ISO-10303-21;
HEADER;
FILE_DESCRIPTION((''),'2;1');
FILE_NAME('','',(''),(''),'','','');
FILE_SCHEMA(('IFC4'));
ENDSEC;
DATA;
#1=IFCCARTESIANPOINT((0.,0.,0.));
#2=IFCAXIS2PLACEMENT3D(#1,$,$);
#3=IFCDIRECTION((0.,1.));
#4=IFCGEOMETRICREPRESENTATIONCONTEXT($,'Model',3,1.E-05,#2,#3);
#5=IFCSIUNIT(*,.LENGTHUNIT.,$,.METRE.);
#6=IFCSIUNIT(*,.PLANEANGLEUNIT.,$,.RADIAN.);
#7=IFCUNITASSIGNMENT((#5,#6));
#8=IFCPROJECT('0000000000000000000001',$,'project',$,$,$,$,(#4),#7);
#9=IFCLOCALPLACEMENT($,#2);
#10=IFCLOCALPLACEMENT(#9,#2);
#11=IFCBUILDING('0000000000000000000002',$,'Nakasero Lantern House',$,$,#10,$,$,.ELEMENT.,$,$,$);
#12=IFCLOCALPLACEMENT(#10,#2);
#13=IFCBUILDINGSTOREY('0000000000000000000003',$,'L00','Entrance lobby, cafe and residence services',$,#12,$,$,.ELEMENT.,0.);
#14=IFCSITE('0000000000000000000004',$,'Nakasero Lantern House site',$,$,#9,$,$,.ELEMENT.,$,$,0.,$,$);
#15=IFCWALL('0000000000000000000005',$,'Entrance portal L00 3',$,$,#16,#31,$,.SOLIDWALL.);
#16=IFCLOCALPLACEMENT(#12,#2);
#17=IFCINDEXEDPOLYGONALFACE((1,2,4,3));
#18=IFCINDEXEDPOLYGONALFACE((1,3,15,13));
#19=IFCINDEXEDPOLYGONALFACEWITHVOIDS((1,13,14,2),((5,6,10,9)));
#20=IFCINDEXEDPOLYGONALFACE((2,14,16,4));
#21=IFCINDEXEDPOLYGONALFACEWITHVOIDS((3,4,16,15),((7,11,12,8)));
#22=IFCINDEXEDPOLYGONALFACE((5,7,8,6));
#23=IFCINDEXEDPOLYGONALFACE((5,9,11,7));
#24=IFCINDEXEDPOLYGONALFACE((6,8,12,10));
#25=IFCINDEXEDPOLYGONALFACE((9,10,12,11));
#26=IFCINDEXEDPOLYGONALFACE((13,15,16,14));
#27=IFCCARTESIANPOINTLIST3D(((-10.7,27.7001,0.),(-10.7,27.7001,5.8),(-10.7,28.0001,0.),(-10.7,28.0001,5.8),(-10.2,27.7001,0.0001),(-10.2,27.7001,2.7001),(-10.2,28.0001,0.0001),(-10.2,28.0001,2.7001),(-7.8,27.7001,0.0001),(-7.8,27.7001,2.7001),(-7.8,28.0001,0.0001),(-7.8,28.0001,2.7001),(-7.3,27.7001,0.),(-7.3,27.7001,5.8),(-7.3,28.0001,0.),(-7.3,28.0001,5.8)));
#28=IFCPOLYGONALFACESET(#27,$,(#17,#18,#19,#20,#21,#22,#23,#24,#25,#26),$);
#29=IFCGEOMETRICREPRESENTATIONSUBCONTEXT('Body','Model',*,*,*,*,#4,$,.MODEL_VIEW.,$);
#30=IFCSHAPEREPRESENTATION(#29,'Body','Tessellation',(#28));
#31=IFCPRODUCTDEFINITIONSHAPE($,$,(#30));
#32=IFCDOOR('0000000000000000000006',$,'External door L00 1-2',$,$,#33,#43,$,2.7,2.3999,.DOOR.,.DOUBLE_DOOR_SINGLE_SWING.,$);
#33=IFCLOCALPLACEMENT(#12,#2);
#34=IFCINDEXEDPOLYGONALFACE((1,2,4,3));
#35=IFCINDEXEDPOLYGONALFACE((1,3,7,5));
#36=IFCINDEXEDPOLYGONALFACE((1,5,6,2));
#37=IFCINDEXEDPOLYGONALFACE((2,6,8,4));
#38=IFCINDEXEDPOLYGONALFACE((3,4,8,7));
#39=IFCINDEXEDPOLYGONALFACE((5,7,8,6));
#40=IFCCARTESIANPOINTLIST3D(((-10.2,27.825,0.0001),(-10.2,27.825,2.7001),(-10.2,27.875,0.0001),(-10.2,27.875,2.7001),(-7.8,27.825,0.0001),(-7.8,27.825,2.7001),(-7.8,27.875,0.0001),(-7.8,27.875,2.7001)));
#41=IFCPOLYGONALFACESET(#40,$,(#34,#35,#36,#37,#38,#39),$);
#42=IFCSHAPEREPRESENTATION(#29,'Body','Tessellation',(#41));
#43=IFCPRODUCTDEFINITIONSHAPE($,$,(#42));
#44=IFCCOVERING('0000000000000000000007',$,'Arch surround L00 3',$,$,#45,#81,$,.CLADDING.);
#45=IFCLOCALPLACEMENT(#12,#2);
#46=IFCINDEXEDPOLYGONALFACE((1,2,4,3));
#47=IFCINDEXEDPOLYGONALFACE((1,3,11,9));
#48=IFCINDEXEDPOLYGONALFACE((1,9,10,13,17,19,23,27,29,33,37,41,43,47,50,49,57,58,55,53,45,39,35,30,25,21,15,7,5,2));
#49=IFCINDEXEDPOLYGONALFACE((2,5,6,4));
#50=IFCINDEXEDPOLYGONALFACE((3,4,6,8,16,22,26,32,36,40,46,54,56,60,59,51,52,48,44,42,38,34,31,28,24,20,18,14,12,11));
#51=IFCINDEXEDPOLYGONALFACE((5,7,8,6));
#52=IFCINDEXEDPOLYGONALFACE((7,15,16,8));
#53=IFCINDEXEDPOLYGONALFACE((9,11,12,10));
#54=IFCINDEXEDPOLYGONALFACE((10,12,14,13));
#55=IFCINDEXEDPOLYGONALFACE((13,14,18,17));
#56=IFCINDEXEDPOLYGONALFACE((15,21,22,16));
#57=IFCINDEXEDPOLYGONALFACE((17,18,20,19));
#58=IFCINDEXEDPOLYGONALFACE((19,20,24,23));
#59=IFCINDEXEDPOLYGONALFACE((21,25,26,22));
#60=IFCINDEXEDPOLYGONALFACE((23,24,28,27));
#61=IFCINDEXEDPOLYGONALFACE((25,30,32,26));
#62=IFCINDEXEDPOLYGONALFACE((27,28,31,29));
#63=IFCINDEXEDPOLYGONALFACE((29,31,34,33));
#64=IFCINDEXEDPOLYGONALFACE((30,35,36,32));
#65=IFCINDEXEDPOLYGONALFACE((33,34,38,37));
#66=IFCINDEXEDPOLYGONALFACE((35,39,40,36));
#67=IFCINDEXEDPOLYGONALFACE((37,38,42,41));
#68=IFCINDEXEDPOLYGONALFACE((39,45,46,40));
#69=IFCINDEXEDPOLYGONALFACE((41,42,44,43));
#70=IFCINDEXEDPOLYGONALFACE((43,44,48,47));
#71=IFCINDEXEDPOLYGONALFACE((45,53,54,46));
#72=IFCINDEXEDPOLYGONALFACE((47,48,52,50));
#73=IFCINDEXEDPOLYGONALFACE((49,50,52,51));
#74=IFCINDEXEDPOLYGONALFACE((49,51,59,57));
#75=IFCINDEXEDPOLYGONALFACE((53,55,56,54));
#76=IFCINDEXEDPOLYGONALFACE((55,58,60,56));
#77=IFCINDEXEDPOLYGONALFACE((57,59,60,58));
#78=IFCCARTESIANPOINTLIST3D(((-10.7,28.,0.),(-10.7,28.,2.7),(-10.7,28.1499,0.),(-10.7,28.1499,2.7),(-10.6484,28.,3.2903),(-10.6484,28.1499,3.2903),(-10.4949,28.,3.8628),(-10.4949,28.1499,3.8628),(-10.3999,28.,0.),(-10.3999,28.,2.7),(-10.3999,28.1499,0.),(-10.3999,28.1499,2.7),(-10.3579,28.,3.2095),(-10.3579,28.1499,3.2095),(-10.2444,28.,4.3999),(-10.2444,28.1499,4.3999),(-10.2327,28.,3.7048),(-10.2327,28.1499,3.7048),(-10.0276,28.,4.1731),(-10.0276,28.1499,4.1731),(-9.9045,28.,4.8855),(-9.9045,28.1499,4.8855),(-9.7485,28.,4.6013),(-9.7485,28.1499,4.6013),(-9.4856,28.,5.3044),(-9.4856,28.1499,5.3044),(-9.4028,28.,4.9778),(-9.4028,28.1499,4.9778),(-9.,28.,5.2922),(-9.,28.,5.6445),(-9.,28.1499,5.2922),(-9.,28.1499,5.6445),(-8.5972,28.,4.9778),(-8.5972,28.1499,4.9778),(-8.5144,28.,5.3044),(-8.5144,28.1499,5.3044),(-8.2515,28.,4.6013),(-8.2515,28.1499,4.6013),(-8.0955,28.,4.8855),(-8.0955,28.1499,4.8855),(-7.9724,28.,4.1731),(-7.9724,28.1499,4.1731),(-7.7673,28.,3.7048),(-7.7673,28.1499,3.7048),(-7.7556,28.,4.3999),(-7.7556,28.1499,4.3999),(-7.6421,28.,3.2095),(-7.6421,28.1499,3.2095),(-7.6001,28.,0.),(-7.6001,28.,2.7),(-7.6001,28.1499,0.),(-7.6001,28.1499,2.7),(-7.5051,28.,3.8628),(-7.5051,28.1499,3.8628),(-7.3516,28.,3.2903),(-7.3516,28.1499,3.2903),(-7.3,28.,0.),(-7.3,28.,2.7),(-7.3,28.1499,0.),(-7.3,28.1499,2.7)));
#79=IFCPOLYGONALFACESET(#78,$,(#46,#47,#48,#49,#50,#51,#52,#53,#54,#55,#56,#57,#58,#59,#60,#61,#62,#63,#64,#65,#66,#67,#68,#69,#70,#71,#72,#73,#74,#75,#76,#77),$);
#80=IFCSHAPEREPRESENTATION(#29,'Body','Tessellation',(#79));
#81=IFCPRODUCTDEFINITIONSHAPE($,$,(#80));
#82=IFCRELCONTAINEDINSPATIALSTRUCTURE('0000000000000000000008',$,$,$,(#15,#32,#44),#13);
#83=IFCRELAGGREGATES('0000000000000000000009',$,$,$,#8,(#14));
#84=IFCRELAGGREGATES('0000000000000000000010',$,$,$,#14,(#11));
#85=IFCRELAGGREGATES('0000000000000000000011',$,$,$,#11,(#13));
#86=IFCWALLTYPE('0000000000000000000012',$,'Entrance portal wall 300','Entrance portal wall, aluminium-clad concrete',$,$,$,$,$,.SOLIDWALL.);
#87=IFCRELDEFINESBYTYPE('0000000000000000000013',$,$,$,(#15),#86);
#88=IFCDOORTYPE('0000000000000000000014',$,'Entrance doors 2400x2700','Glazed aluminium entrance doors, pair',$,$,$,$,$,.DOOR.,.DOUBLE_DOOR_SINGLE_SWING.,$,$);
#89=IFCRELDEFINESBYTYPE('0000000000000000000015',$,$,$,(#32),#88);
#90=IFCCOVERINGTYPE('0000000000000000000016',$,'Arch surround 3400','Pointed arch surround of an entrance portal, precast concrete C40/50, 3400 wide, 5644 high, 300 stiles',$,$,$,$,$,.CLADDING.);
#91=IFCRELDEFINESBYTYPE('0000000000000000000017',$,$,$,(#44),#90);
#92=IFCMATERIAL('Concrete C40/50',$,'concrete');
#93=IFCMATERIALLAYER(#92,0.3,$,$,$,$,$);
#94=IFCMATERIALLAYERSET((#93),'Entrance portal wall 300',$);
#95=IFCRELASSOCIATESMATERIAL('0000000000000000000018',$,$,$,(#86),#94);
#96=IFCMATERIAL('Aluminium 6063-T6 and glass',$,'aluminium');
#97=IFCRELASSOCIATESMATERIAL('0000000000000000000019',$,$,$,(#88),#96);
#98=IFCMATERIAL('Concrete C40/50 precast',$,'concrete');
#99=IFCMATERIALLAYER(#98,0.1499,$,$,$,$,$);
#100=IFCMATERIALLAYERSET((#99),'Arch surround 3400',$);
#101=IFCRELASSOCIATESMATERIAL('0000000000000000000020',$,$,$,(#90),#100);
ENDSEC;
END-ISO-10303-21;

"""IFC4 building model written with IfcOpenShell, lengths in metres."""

from ifc_helpers import new_model, si_unit, direction, frame, frame_2d, origin, place, context, subcontext, project, spatial, polyline, rectangle, outline, extrude, material, layer, layer_set, type_object, element, fill, save


model = new_model("IFC4")

# Units and contexts
model_context = context("Model", 3, precision=1e-05, world=origin(), true_north=direction((0.0, 1.0)))
body_context = subcontext(model_context, "Body", "Model", "MODEL_VIEW")
ifc_project = project(units=[si_unit("LENGTHUNIT", "METRE"), si_unit("PLANEANGLEUNIT", "RADIAN")], contexts=[model_context])

# Site, building, storey
site_placement = place(None, origin())
site = spatial("IfcSite", under=ifc_project, at=site_placement, Name="Nakasero Lantern House site", CompositionType="ELEMENT", RefElevation=0.0)
building_placement = place(site_placement, origin())
building = spatial("IfcBuilding", under=site, at=building_placement, Name="Nakasero Lantern House", CompositionType="ELEMENT")
storey_placement = place(building_placement, origin())
storey = spatial("IfcBuildingStorey", under=building, at=storey_placement, Name="L00", Description="Entrance lobby, cafe and residence services", CompositionType="ELEMENT", Elevation=0.0)

# Wall, opening, door
ifc_material_1 = material(Name="Concrete C40/50", Category="concrete")
ifc_layer_1 = layer(ifc_material_1, 0.3)
ifc_layer_set_1 = layer_set([ifc_layer_1], Name="Entrance portal wall 300")
wall_type = type_object("IfcWallType", Name="Entrance portal wall 300", Description="Entrance portal wall, aluminium-clad concrete", PredefinedType="SOLIDWALL", material=ifc_layer_set_1)
wall_placement = place(storey_placement, frame((-7.3, 27.8501, 0.0), z_axis=(0.0, 0.0, 1.0), x_axis=(-1.0, 0.0, 0.0)))
wall = element("IfcWall", 1, at=wall_placement, inside=storey, type_object=wall_type, Name="Entrance portal L00 3", PredefinedType="SOLIDWALL", context=body_context, shape_type="SweptSolid", body=[
    extrude(rectangle(XDim=3.3999, YDim=0.3, at=frame_2d((1.7, 0.0))), origin(), (0.0, 0.0, 1.0), 5.8),
])
opening_placement = place(wall_placement, frame((0.5, 0.0, 0.0)))
opening = element("IfcOpeningElement", 2, at=opening_placement, cuts=wall, PredefinedType="OPENING", context=body_context, shape_type="SweptSolid", body=[
    extrude(rectangle(XDim=2.3999, YDim=2.7, at=frame_2d((1.2, 1.3501))), frame((0.0, 0.1699, 0.0), z_axis=(0.0, -1.0, 0.0), x_axis=(1.0, 0.0, 0.0)), (0.0, 0.0, 1.0), 0.3401),
])
ifc_material_2 = material(Name="Aluminium 6063-T6 and glass", Category="aluminium")
door_type = type_object("IfcDoorType", Name="Entrance doors 2400x2700", Description="Glazed aluminium entrance doors, pair", OperationType="DOUBLE_DOOR_SINGLE_SWING", PredefinedType="DOOR", material=ifc_material_2)
door_placement = place(opening_placement, frame((2.3999, 0.0, 0.0), z_axis=(0.0, 0.0, 1.0), x_axis=(-1.0, 0.0, 0.0)))
door = element("IfcDoor", 3, at=door_placement, inside=storey, type_object=door_type, Name="External door L00 1-2", OperationType="DOUBLE_DOOR_SINGLE_SWING", OverallHeight=2.7, OverallWidth=2.3999, PredefinedType="DOOR", context=body_context, shape_type="SweptSolid", body=[
    extrude(rectangle(XDim=2.3999, YDim=2.7, at=frame_2d((1.2, 1.3501))), frame((0.0, 0.0249, 0.0), z_axis=(0.0, -1.0, 0.0), x_axis=(1.0, 0.0, 0.0)), (0.0, 0.0, 1.0), 0.05),
])
fill(opening, door)

# Covering
ifc_material_3 = material(Name="Concrete C40/50 precast", Category="concrete")
ifc_layer_2 = layer(ifc_material_3, 0.1499)
ifc_layer_set_2 = layer_set([ifc_layer_2], Name="Arch surround 3400")
covering_type = type_object("IfcCoveringType", Name="Arch surround 3400", Description="Pointed arch surround of an entrance portal, precast concrete C40/50, 3400 wide, 5644 high, 300 stiles", PredefinedType="CLADDING", material=ifc_layer_set_2)
covering_placement = place(storey_placement, frame((-9.0, 28.075, 0.0), z_axis=(0.0, 0.0, 1.0), x_axis=(-1.0, 0.0, 0.0)))
element("IfcCovering", 4, at=covering_placement, inside=storey, type_object=covering_type, Name="Arch surround L00 3", PredefinedType="CLADDING", context=body_context, shape_type="SweptSolid", body=[
    extrude(outline(polyline([(1.7, 0.0), (1.7, 2.7), (1.6484, 3.2903), (1.4949, 3.8628), (1.2444, 4.3999), (0.9045, 4.8855), (0.4856, 5.3044), (0.0, 5.6445), (-0.4856, 5.3044), (-0.9045, 4.8855), (-1.2444, 4.3999), (-1.4949, 3.8628), (-1.6484, 3.2903), (-1.7, 2.7), (-1.7, 0.0), (-1.3999, 0.0), (-1.3999, 2.7), (-1.3579, 3.2095), (-1.2327, 3.7048), (-1.0276, 4.1731), (-0.7485, 4.6013), (-0.4028, 4.9778), (0.0, 5.2922), (0.4028, 4.9778), (0.7485, 4.6013), (1.0276, 4.1731), (1.2327, 3.7048), (1.3579, 3.2095), (1.3999, 2.7), (1.3999, 0.0), (1.7, 0.0)])), frame((0.0, 0.075, 0.0), z_axis=(0.0, -1.0, 0.0), x_axis=(1.0, 0.0, 0.0)), (0.0, 0.0, 1.0), 0.1499),
])

save(model, "model.ifc")
